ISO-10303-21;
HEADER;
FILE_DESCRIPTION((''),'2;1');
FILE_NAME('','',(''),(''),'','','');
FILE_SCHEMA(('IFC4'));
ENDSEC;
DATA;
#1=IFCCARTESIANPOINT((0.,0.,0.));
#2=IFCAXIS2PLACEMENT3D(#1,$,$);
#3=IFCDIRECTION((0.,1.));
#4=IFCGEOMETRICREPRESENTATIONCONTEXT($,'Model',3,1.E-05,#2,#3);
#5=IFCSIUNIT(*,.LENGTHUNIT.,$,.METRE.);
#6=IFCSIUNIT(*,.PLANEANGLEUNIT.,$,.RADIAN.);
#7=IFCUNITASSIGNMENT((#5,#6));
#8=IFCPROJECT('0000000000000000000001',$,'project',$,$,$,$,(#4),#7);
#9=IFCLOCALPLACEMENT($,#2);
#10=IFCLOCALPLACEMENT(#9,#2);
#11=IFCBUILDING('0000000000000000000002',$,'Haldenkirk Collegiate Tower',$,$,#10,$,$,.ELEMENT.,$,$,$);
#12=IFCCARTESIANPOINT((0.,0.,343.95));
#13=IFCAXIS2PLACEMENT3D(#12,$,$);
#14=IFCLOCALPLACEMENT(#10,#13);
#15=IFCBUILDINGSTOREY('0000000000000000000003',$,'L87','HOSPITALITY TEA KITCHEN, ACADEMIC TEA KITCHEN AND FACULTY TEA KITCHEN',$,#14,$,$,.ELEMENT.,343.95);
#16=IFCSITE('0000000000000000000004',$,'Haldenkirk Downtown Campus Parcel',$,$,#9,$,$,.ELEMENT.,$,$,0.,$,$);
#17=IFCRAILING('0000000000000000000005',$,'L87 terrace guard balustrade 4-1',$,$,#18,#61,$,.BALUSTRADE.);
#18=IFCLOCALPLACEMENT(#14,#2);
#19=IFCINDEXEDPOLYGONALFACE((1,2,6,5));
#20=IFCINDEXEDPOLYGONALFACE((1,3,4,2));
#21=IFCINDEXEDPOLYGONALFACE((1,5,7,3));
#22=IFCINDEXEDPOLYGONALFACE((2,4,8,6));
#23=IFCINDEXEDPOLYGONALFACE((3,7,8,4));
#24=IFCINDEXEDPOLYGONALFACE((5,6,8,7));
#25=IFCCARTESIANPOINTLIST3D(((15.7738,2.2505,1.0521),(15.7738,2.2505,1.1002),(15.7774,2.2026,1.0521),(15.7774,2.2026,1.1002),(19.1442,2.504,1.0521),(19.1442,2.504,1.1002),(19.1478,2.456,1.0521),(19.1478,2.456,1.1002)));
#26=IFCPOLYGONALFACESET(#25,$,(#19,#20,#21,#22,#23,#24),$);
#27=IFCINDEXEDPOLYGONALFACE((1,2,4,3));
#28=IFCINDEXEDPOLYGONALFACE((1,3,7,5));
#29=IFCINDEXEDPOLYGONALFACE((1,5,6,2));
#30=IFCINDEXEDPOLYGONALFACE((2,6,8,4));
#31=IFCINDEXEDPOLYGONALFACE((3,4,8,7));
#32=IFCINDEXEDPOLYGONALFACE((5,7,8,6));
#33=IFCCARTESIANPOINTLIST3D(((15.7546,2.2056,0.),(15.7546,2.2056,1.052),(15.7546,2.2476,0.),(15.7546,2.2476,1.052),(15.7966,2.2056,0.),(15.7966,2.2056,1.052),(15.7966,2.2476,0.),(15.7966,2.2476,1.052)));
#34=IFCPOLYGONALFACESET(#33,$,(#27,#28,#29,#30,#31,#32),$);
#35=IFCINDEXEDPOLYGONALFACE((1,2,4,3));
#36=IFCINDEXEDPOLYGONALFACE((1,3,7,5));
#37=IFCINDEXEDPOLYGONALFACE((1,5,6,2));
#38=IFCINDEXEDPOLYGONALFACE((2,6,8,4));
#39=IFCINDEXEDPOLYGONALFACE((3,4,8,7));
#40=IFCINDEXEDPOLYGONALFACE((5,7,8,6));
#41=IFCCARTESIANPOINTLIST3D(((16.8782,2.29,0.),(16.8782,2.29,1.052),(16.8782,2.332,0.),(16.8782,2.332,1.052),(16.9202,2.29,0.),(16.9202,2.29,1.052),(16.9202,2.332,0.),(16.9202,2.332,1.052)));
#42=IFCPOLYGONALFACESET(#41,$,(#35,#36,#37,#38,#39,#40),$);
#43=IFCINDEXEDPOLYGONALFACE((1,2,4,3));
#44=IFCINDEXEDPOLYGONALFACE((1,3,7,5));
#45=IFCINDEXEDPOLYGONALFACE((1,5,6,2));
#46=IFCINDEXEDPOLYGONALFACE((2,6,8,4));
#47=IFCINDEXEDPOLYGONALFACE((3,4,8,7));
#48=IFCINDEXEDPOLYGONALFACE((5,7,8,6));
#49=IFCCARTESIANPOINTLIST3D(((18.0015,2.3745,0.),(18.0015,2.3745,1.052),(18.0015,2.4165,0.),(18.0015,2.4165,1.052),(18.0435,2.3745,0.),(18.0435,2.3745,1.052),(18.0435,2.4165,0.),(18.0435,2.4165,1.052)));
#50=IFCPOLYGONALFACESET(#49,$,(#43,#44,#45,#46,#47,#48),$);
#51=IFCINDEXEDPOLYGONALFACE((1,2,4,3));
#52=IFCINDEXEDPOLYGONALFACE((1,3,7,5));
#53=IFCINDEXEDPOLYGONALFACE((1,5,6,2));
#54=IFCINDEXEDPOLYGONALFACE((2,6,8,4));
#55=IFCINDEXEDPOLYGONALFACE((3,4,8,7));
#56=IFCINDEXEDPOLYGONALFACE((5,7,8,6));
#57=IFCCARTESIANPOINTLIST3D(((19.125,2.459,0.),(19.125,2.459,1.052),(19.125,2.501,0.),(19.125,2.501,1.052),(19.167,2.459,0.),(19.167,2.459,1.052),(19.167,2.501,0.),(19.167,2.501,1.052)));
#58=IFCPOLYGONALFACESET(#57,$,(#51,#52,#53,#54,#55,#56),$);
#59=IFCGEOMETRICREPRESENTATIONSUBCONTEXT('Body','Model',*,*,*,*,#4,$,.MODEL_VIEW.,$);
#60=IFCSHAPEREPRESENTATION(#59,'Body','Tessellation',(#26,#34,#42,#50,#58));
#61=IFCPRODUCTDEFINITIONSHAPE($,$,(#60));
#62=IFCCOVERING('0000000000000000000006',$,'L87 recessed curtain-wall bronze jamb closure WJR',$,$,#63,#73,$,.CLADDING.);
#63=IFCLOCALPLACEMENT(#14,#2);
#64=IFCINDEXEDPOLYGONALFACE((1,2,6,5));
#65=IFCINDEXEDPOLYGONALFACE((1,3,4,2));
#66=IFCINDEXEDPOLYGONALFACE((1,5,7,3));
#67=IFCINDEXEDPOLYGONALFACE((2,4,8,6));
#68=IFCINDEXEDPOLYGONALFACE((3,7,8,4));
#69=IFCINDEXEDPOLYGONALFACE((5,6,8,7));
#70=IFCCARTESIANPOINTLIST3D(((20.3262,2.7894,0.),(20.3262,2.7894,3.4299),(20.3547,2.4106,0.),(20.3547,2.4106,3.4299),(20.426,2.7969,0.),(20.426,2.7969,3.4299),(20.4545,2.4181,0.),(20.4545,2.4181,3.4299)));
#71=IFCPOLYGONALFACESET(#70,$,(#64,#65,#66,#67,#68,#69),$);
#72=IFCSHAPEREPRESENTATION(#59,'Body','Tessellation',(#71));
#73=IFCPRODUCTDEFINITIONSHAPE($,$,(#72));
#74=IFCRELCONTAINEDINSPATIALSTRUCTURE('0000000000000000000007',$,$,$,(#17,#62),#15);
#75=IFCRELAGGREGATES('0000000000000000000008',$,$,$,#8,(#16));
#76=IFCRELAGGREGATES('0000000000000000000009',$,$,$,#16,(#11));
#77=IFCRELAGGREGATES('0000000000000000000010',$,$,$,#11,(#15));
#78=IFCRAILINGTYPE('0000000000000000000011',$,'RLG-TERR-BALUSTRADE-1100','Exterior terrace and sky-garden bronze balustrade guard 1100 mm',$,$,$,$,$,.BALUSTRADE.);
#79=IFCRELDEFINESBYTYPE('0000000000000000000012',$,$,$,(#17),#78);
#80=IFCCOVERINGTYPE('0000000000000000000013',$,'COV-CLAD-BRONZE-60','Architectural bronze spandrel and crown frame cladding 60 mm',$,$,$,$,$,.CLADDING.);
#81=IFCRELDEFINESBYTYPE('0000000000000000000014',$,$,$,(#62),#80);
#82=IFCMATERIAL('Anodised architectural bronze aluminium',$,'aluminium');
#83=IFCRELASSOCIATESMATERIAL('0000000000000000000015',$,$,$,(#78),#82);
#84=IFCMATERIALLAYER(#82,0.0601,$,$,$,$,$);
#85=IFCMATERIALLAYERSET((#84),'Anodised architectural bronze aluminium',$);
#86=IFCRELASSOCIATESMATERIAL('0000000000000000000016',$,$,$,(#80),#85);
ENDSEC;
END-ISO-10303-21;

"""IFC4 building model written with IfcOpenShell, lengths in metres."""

from ifc_helpers import new_model, si_unit, direction, frame, origin, origin_2d, place, context, subcontext, project, spatial, rectangle, extrude, source, transform, mapped, material, layer, layer_set, type_object, element, save


model = new_model("IFC4")

# Units and contexts
model_context = context("Model", 3, precision=1e-05, world=origin(), true_north=direction((0.0, 1.0)))
body_context = subcontext(model_context, "Body", "Model", "MODEL_VIEW")
ifc_project = project(units=[si_unit("LENGTHUNIT", "METRE"), si_unit("PLANEANGLEUNIT", "RADIAN")], contexts=[model_context])

# Site, building, storey
site_placement = place(None, origin())
site = spatial("IfcSite", under=ifc_project, at=site_placement, Name="Haldenkirk Downtown Campus Parcel", CompositionType="ELEMENT", RefElevation=0.0)
building_placement = place(site_placement, origin())
building = spatial("IfcBuilding", under=site, at=building_placement, Name="Haldenkirk Collegiate Tower", CompositionType="ELEMENT")
storey_placement = place(building_placement, frame((0.0, 0.0, 343.95)))
storey = spatial("IfcBuildingStorey", under=building, at=storey_placement, Name="L87", Description="HOSPITALITY TEA KITCHEN, ACADEMIC TEA KITCHEN AND FACULTY TEA KITCHEN", CompositionType="ELEMENT", Elevation=343.95)

# Shared definitions
ifc_material_1 = material(Name="Anodised architectural bronze aluminium", Category="aluminium")

# Railing
railing_type = type_object("IfcRailingType", Name="RLG-TERR-BALUSTRADE-1100", Description="Exterior terrace and sky-garden bronze balustrade guard 1100 mm", PredefinedType="BALUSTRADE", material=ifc_material_1)
railing_placement = place(storey_placement, frame((15.7756, 2.2266, 0.0)))
element("IfcRailing", 1, at=railing_placement, inside=storey, type_object=railing_type, Name="L87 terrace guard balustrade 4-1", PredefinedType="BALUSTRADE", context=body_context, shape_type="SweptSolid", body=[
    extrude(rectangle(XDim=0.0481, YDim=0.0481, at=origin_2d()), frame((0.0, 0.0, 1.0762), z_axis=(0.997185, 0.074978, 0.0), x_axis=(-0.074978, 0.997185, 0.0)), (0.0, 0.0, 1.0), 3.3799),
    extrude(rectangle(XDim=0.042, YDim=0.042, at=origin_2d()), origin(), (0.0, 0.0, 1.0), 1.052),
    extrude(rectangle(XDim=0.042, YDim=0.042, at=origin_2d()), frame((1.1235, 0.0845, 0.0)), (0.0, 0.0, 1.0), 1.052),
    extrude(rectangle(XDim=0.042, YDim=0.042, at=origin_2d()), frame((2.2468, 0.1689, 0.0)), (0.0, 0.0, 1.0), 1.052),
    extrude(rectangle(XDim=0.042, YDim=0.042, at=origin_2d()), frame((3.3704, 0.2534, 0.0)), (0.0, 0.0, 1.0), 1.052),
])

# Covering
ifc_layer_1 = layer(ifc_material_1, 0.0601)
ifc_layer_set_1 = layer_set([ifc_layer_1], Name="Anodised architectural bronze aluminium")
covering_type = type_object("IfcCoveringType", Name="COV-CLAD-BRONZE-60", Description="Architectural bronze spandrel and crown frame cladding 60 mm", PredefinedType="CLADDING", material=ifc_layer_set_1)
shared_shape_1 = source(origin(), body_context, "Body", "SweptSolid", [
    extrude(rectangle(XDim=0.1001, YDim=0.3799, at=origin_2d()), origin(), (0.0, 0.0, 1.0), 3.4299),
])
covering_placement = place(storey_placement, frame((20.3904, 2.6038, 0.0), z_axis=(0.0, 0.0, 1.0), x_axis=(-0.997185, -0.074979, 0.0)))
element("IfcCovering", 2, at=covering_placement, inside=storey, type_object=covering_type, Name="L87 recessed curtain-wall bronze jamb closure WJR", PredefinedType="CLADDING", context=body_context, shape_type="MappedRepresentation", body=[
    mapped(shared_shape_1, transform((0.0, 0.0, 0.0), x_axis=(1.0, 0.0, 0.0), y_axis=(0.0, 1.0, 0.0), z_axis=(0.0, 0.0, 1.0), scale=1.0)),
])

save(model, "model.ifc")
